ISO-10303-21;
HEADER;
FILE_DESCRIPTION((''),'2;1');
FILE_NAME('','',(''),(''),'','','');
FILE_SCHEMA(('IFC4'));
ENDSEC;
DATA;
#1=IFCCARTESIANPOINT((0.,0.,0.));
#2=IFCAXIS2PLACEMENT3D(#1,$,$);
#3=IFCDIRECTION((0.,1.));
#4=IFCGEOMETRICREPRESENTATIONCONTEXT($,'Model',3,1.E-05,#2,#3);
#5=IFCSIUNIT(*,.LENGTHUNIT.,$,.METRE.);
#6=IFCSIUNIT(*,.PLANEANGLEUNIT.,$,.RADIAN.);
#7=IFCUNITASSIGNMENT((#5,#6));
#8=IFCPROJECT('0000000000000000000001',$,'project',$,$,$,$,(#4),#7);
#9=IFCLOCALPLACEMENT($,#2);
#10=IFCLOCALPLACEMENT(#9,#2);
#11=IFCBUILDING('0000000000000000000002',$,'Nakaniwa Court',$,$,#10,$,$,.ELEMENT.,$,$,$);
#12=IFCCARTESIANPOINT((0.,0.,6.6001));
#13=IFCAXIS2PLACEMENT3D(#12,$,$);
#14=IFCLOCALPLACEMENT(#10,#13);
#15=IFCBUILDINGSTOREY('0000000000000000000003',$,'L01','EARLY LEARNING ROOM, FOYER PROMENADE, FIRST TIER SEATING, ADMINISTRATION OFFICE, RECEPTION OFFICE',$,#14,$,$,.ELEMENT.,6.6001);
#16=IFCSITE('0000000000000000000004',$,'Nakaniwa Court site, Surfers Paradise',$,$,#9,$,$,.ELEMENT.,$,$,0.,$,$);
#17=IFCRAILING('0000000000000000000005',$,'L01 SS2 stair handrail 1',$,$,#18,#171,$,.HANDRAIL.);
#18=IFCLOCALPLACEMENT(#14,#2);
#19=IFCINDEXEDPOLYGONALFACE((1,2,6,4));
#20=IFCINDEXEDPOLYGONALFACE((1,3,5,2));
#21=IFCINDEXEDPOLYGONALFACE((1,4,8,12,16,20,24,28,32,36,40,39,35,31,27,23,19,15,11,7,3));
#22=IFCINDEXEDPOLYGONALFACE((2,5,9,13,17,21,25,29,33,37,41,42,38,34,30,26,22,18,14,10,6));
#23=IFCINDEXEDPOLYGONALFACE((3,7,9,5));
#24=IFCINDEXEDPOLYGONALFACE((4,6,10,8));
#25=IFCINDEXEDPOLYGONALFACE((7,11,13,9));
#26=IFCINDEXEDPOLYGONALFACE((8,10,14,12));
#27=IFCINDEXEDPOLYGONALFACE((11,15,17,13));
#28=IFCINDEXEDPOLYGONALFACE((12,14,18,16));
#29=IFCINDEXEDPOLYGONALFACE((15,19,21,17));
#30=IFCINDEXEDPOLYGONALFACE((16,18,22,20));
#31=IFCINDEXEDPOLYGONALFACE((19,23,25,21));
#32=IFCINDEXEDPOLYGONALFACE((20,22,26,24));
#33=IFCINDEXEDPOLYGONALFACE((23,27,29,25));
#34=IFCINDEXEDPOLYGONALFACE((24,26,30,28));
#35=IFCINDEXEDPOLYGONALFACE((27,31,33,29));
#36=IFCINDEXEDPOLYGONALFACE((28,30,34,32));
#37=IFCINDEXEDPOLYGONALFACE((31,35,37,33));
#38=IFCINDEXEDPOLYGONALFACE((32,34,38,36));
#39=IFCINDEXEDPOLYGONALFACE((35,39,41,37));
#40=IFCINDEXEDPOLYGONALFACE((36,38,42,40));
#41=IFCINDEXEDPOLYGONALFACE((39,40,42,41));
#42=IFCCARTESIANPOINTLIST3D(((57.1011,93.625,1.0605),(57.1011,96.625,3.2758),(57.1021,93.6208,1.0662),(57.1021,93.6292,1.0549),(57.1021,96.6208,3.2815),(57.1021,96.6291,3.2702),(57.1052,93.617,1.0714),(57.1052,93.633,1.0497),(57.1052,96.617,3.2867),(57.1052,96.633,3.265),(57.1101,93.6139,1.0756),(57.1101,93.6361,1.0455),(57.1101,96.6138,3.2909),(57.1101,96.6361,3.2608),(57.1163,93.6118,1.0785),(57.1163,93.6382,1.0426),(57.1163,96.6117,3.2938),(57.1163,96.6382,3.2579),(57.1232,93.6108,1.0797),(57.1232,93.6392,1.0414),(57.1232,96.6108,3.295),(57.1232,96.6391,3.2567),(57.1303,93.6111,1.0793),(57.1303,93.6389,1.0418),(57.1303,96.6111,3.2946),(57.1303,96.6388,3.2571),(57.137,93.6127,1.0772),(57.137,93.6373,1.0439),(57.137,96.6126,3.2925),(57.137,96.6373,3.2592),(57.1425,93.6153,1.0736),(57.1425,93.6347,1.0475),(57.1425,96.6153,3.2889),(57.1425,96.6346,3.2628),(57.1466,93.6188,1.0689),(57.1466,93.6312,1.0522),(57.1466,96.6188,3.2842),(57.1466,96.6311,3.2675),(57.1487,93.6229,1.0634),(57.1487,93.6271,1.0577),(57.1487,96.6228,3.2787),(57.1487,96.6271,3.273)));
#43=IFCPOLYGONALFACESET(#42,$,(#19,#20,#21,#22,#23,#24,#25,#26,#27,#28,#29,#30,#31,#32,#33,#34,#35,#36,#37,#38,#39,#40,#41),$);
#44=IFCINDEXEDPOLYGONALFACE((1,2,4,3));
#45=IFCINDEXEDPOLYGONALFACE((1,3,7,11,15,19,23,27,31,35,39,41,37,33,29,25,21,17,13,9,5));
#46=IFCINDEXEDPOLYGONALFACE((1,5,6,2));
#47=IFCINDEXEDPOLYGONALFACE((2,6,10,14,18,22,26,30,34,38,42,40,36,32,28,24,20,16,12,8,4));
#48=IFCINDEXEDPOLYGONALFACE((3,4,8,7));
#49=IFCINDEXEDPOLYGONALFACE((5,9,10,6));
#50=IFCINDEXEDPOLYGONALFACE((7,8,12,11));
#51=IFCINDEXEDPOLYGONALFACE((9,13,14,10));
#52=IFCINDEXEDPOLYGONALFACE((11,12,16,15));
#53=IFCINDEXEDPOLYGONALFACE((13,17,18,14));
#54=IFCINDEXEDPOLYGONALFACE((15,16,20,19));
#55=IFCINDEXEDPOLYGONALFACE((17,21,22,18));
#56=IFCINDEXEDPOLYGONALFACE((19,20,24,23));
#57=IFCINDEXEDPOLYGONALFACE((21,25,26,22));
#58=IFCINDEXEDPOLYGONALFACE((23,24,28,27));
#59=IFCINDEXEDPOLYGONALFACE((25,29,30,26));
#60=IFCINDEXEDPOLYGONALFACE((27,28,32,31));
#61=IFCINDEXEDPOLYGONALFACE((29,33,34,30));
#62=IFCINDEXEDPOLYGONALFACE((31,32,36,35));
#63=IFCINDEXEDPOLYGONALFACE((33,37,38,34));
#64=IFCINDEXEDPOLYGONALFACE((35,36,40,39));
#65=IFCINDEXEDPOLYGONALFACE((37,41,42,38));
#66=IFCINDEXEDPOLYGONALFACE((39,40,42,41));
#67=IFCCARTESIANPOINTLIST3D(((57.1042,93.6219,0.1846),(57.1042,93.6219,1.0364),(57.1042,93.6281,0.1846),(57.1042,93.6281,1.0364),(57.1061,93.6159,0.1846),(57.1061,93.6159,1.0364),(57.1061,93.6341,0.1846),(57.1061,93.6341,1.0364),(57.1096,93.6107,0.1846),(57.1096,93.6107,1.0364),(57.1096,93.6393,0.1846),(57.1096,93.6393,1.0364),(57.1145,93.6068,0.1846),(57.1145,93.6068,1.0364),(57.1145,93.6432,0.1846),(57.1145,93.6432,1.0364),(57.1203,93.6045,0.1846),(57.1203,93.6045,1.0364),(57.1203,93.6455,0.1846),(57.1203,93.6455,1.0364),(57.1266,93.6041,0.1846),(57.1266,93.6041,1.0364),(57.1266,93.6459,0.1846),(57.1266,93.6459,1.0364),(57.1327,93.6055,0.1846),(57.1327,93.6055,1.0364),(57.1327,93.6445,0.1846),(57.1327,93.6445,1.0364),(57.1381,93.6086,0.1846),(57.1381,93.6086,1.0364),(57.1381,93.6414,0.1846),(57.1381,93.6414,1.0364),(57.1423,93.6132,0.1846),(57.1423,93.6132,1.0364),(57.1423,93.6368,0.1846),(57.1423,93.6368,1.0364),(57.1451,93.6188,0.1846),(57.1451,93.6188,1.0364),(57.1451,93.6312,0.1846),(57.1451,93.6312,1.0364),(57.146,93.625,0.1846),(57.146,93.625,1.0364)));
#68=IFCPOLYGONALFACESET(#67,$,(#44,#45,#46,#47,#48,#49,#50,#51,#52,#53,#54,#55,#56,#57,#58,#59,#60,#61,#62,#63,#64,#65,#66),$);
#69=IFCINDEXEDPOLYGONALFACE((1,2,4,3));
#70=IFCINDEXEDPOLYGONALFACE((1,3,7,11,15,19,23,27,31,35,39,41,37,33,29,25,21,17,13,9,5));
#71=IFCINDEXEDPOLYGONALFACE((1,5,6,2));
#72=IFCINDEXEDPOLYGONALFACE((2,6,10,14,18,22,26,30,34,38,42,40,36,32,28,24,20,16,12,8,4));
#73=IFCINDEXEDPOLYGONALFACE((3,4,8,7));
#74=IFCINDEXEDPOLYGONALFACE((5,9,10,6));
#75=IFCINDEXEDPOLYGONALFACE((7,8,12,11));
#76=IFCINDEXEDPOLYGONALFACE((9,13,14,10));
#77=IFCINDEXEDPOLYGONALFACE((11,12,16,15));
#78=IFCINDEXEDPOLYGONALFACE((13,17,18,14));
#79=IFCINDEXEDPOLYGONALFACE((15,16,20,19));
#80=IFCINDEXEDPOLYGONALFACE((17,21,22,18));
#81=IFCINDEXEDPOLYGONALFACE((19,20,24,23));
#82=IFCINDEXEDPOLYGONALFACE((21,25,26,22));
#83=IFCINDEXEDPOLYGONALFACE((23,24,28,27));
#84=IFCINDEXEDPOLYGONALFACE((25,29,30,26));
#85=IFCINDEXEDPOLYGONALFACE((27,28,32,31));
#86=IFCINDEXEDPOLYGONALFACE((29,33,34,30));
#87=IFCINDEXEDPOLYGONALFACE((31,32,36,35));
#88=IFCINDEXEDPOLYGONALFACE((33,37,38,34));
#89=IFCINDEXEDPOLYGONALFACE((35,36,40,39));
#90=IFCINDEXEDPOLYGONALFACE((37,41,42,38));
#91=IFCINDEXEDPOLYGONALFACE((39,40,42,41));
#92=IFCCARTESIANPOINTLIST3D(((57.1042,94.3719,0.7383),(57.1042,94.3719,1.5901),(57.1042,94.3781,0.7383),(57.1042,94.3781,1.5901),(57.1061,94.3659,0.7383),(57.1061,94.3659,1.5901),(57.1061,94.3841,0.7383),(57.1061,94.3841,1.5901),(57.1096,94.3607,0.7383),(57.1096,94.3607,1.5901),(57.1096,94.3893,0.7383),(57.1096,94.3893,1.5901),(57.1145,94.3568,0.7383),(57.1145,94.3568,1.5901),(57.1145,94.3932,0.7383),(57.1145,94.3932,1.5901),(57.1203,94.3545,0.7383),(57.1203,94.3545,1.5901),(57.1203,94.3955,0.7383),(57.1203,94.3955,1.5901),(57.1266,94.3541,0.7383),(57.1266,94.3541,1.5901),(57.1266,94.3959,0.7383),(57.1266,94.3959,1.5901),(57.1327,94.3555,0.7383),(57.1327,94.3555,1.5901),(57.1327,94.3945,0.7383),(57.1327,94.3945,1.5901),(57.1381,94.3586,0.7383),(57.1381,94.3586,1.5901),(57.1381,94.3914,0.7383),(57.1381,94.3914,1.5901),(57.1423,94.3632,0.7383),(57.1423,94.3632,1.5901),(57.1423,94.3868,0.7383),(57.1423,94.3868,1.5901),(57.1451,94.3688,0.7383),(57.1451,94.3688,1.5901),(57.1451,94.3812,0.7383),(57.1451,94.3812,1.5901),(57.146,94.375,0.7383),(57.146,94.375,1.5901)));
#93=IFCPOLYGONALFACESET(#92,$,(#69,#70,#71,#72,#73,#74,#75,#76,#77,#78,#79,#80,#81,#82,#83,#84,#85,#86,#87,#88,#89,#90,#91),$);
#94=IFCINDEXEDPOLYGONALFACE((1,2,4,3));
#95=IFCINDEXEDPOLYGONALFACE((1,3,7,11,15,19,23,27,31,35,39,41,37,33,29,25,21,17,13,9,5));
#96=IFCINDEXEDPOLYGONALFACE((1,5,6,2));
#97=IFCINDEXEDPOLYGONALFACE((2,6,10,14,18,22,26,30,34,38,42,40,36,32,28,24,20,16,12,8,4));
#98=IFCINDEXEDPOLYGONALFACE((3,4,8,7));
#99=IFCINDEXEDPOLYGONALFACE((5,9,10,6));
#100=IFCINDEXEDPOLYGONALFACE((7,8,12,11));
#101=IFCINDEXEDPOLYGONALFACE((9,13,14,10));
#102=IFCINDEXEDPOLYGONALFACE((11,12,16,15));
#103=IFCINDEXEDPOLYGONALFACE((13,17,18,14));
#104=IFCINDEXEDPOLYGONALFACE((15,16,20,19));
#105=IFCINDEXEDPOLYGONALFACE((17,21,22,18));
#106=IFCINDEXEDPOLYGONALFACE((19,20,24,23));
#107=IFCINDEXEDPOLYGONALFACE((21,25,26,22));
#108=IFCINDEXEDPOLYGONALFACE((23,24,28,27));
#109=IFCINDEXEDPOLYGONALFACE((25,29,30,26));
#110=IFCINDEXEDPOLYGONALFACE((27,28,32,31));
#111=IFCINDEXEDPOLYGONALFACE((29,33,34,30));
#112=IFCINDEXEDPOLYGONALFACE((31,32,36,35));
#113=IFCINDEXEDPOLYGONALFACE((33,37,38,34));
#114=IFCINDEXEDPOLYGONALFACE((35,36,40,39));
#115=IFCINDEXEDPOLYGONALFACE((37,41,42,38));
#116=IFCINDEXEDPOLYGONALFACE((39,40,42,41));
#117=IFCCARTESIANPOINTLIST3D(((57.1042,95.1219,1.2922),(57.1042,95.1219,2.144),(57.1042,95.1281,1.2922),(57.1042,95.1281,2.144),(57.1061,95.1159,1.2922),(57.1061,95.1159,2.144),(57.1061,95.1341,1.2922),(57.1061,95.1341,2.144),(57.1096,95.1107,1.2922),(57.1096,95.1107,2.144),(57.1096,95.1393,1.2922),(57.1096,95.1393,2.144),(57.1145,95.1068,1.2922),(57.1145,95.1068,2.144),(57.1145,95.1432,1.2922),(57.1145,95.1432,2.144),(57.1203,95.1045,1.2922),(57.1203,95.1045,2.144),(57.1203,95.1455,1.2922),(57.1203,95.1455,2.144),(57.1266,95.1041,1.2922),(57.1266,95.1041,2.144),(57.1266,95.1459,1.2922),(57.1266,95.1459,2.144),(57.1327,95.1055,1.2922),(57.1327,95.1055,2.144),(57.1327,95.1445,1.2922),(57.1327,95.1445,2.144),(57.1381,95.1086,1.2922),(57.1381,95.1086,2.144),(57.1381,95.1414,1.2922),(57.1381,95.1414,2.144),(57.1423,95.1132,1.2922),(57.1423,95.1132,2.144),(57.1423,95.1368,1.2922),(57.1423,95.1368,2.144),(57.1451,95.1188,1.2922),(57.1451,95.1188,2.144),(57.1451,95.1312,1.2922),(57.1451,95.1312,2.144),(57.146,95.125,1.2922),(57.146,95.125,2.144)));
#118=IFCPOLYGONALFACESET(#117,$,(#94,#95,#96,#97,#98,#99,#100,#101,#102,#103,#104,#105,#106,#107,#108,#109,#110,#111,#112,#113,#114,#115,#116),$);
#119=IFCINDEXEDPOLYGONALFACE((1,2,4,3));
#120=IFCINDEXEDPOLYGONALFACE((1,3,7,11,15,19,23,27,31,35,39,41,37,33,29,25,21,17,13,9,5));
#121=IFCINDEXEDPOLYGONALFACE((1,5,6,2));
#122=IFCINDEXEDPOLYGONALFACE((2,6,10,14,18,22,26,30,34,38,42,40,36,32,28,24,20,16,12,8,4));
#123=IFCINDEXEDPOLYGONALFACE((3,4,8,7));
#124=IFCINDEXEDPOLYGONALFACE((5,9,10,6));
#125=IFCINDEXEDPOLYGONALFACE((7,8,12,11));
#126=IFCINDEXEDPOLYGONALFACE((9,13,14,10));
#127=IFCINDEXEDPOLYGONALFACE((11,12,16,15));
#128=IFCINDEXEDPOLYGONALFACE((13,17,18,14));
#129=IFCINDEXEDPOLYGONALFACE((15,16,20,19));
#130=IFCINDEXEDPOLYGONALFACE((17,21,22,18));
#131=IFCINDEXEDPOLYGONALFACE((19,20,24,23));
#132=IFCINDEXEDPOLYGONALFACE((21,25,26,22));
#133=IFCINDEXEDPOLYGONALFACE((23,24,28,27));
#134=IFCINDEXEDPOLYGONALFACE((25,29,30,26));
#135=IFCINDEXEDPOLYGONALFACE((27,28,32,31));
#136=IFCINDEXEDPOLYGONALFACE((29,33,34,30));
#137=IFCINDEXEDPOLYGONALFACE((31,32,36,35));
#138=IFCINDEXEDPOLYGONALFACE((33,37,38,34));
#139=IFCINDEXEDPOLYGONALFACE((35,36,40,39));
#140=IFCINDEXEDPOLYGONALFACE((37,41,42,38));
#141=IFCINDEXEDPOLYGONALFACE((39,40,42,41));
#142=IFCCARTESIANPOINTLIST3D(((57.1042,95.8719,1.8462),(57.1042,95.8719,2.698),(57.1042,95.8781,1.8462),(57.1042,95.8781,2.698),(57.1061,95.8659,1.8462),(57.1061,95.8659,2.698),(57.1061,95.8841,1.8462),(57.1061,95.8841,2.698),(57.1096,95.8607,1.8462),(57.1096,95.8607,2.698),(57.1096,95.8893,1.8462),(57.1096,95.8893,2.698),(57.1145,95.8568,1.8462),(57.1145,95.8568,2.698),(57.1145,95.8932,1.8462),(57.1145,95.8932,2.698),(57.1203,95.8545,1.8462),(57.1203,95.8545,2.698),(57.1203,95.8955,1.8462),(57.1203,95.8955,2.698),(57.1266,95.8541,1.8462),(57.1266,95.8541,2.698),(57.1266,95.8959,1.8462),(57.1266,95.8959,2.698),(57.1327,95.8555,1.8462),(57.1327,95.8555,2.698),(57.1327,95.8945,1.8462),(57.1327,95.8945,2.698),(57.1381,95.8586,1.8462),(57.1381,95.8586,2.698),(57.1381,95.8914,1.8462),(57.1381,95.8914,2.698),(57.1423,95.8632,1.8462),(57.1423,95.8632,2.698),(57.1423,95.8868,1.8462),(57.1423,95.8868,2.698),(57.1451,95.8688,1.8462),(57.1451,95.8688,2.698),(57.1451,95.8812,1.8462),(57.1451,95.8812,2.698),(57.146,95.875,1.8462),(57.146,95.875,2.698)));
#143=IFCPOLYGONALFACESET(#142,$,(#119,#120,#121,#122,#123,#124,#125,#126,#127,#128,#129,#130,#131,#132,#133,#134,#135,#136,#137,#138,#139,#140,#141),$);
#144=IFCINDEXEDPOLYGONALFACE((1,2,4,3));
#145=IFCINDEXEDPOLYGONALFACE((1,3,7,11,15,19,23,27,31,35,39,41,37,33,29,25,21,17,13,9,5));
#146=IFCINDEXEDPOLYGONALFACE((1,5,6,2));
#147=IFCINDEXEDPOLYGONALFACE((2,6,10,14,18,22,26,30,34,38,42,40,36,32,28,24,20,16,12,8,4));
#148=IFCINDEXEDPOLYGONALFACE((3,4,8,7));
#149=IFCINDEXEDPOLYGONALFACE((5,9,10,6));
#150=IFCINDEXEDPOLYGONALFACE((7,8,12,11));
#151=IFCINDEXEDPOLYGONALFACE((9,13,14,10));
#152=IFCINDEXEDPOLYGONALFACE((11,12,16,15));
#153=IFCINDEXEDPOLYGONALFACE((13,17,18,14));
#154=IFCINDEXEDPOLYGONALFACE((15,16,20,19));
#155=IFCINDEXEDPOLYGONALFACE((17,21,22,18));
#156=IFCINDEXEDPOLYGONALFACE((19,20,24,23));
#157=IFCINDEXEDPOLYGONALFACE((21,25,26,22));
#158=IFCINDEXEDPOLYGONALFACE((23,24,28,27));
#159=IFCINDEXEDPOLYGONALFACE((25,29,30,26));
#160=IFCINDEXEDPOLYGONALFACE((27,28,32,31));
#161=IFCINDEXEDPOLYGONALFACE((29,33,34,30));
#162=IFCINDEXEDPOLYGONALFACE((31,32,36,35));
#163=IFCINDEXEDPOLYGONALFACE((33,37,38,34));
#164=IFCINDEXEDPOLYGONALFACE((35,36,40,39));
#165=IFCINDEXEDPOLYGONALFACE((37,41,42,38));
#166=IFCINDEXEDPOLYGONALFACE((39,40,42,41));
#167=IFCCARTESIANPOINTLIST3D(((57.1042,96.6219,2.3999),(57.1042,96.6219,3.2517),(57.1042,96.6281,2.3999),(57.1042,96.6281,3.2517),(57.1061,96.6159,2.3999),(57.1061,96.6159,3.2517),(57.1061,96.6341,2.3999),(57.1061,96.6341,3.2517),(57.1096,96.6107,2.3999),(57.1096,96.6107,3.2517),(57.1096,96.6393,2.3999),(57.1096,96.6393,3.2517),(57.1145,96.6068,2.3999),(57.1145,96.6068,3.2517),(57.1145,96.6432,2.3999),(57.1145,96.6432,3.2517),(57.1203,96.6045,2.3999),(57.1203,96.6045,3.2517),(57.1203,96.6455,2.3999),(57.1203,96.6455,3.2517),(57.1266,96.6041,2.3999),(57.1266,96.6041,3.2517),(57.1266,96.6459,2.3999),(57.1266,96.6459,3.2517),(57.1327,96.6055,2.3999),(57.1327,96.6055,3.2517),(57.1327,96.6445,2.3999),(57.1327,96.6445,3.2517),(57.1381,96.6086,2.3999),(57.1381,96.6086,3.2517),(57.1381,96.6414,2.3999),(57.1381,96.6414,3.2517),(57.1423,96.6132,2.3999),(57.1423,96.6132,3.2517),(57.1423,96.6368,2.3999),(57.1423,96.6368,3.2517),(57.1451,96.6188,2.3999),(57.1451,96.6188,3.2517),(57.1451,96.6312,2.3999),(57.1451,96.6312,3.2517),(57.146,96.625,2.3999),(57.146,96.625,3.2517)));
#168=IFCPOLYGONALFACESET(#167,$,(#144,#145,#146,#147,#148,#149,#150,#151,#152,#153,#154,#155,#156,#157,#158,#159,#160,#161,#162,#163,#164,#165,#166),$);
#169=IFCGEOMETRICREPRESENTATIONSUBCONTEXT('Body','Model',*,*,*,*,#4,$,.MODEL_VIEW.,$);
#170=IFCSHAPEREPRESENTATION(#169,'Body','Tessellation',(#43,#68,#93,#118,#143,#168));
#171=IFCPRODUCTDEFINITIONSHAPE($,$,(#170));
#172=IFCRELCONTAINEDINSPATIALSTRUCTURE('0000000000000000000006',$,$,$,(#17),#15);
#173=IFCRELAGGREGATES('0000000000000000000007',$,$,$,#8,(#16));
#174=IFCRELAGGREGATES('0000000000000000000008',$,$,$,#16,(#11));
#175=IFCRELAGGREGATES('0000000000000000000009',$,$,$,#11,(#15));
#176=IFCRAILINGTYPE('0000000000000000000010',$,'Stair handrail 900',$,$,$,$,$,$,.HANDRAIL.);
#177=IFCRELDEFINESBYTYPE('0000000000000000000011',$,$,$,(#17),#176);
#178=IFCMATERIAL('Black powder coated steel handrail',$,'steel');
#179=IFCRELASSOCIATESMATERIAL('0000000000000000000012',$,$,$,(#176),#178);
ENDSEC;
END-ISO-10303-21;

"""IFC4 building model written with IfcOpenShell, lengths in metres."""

from ifc_helpers import new_model, si_unit, direction, frame, origin, origin_2d, place, context, subcontext, project, spatial, circle, extrude, material, type_object, element, save


model = new_model("IFC4")

# Units and contexts
model_context = context("Model", 3, precision=1e-05, world=origin(), true_north=direction((0.0, 1.0)))
body_context = subcontext(model_context, "Body", "Model", "MODEL_VIEW")
ifc_project = project(units=[si_unit("LENGTHUNIT", "METRE"), si_unit("PLANEANGLEUNIT", "RADIAN")], contexts=[model_context])

# Site, building, storey
site_placement = place(None, origin())
site = spatial("IfcSite", under=ifc_project, at=site_placement, Name="Nakaniwa Court site, Surfers Paradise", CompositionType="ELEMENT", RefElevation=0.0)
building_placement = place(site_placement, origin())
building = spatial("IfcBuilding", under=site, at=building_placement, Name="Nakaniwa Court", CompositionType="ELEMENT")
storey_placement = place(building_placement, frame((0.0, 0.0, 6.6001)))
storey = spatial("IfcBuildingStorey", under=building, at=storey_placement, Name="L01", Description="EARLY LEARNING ROOM, FOYER PROMENADE, FIRST TIER SEATING, ADMINISTRATION OFFICE, RECEPTION OFFICE", CompositionType="ELEMENT", Elevation=6.6001)

# Railing
ifc_material_1 = material(Name="Black powder coated steel handrail", Category="steel")
railing_type_1 = type_object("IfcRailingType", Name="Stair handrail 900", PredefinedType="HANDRAIL", material=ifc_material_1)
railing_1_placement = place(storey_placement, frame((57.125, 93.625, 0.1846)))
element("IfcRailing", 1, at=railing_1_placement, inside=storey, type_object=railing_type_1, Name="L01 SS2 stair handrail 1", PredefinedType="HANDRAIL", context=body_context, shape_type="SweptSolid", body=[
    extrude(circle(Radius=0.0239, at=origin_2d()), frame((0.0, 0.0, 0.876), z_axis=(0.0, 0.80444, 0.594034), x_axis=(-1.0, 0.0, 0.0)), (0.0, 0.0, 1.0), 3.7292),
    extrude(circle(Radius=0.021, at=origin_2d()), origin(), (0.0, 0.0, 1.0), 0.8518),
    extrude(circle(Radius=0.021, at=origin_2d()), frame((0.0, 0.75, 0.5537)), (0.0, 0.0, 1.0), 0.8518),
    extrude(circle(Radius=0.021, at=origin_2d()), frame((0.0, 1.5, 1.1077)), (0.0, 0.0, 1.0), 0.8518),
    extrude(circle(Radius=0.021, at=origin_2d()), frame((0.0, 2.25, 1.6616)), (0.0, 0.0, 1.0), 0.8518),
    extrude(circle(Radius=0.021, at=origin_2d()), frame((0.0, 3.0, 2.2153)), (0.0, 0.0, 1.0), 0.8518),
])

save(model, "model.ifc")
